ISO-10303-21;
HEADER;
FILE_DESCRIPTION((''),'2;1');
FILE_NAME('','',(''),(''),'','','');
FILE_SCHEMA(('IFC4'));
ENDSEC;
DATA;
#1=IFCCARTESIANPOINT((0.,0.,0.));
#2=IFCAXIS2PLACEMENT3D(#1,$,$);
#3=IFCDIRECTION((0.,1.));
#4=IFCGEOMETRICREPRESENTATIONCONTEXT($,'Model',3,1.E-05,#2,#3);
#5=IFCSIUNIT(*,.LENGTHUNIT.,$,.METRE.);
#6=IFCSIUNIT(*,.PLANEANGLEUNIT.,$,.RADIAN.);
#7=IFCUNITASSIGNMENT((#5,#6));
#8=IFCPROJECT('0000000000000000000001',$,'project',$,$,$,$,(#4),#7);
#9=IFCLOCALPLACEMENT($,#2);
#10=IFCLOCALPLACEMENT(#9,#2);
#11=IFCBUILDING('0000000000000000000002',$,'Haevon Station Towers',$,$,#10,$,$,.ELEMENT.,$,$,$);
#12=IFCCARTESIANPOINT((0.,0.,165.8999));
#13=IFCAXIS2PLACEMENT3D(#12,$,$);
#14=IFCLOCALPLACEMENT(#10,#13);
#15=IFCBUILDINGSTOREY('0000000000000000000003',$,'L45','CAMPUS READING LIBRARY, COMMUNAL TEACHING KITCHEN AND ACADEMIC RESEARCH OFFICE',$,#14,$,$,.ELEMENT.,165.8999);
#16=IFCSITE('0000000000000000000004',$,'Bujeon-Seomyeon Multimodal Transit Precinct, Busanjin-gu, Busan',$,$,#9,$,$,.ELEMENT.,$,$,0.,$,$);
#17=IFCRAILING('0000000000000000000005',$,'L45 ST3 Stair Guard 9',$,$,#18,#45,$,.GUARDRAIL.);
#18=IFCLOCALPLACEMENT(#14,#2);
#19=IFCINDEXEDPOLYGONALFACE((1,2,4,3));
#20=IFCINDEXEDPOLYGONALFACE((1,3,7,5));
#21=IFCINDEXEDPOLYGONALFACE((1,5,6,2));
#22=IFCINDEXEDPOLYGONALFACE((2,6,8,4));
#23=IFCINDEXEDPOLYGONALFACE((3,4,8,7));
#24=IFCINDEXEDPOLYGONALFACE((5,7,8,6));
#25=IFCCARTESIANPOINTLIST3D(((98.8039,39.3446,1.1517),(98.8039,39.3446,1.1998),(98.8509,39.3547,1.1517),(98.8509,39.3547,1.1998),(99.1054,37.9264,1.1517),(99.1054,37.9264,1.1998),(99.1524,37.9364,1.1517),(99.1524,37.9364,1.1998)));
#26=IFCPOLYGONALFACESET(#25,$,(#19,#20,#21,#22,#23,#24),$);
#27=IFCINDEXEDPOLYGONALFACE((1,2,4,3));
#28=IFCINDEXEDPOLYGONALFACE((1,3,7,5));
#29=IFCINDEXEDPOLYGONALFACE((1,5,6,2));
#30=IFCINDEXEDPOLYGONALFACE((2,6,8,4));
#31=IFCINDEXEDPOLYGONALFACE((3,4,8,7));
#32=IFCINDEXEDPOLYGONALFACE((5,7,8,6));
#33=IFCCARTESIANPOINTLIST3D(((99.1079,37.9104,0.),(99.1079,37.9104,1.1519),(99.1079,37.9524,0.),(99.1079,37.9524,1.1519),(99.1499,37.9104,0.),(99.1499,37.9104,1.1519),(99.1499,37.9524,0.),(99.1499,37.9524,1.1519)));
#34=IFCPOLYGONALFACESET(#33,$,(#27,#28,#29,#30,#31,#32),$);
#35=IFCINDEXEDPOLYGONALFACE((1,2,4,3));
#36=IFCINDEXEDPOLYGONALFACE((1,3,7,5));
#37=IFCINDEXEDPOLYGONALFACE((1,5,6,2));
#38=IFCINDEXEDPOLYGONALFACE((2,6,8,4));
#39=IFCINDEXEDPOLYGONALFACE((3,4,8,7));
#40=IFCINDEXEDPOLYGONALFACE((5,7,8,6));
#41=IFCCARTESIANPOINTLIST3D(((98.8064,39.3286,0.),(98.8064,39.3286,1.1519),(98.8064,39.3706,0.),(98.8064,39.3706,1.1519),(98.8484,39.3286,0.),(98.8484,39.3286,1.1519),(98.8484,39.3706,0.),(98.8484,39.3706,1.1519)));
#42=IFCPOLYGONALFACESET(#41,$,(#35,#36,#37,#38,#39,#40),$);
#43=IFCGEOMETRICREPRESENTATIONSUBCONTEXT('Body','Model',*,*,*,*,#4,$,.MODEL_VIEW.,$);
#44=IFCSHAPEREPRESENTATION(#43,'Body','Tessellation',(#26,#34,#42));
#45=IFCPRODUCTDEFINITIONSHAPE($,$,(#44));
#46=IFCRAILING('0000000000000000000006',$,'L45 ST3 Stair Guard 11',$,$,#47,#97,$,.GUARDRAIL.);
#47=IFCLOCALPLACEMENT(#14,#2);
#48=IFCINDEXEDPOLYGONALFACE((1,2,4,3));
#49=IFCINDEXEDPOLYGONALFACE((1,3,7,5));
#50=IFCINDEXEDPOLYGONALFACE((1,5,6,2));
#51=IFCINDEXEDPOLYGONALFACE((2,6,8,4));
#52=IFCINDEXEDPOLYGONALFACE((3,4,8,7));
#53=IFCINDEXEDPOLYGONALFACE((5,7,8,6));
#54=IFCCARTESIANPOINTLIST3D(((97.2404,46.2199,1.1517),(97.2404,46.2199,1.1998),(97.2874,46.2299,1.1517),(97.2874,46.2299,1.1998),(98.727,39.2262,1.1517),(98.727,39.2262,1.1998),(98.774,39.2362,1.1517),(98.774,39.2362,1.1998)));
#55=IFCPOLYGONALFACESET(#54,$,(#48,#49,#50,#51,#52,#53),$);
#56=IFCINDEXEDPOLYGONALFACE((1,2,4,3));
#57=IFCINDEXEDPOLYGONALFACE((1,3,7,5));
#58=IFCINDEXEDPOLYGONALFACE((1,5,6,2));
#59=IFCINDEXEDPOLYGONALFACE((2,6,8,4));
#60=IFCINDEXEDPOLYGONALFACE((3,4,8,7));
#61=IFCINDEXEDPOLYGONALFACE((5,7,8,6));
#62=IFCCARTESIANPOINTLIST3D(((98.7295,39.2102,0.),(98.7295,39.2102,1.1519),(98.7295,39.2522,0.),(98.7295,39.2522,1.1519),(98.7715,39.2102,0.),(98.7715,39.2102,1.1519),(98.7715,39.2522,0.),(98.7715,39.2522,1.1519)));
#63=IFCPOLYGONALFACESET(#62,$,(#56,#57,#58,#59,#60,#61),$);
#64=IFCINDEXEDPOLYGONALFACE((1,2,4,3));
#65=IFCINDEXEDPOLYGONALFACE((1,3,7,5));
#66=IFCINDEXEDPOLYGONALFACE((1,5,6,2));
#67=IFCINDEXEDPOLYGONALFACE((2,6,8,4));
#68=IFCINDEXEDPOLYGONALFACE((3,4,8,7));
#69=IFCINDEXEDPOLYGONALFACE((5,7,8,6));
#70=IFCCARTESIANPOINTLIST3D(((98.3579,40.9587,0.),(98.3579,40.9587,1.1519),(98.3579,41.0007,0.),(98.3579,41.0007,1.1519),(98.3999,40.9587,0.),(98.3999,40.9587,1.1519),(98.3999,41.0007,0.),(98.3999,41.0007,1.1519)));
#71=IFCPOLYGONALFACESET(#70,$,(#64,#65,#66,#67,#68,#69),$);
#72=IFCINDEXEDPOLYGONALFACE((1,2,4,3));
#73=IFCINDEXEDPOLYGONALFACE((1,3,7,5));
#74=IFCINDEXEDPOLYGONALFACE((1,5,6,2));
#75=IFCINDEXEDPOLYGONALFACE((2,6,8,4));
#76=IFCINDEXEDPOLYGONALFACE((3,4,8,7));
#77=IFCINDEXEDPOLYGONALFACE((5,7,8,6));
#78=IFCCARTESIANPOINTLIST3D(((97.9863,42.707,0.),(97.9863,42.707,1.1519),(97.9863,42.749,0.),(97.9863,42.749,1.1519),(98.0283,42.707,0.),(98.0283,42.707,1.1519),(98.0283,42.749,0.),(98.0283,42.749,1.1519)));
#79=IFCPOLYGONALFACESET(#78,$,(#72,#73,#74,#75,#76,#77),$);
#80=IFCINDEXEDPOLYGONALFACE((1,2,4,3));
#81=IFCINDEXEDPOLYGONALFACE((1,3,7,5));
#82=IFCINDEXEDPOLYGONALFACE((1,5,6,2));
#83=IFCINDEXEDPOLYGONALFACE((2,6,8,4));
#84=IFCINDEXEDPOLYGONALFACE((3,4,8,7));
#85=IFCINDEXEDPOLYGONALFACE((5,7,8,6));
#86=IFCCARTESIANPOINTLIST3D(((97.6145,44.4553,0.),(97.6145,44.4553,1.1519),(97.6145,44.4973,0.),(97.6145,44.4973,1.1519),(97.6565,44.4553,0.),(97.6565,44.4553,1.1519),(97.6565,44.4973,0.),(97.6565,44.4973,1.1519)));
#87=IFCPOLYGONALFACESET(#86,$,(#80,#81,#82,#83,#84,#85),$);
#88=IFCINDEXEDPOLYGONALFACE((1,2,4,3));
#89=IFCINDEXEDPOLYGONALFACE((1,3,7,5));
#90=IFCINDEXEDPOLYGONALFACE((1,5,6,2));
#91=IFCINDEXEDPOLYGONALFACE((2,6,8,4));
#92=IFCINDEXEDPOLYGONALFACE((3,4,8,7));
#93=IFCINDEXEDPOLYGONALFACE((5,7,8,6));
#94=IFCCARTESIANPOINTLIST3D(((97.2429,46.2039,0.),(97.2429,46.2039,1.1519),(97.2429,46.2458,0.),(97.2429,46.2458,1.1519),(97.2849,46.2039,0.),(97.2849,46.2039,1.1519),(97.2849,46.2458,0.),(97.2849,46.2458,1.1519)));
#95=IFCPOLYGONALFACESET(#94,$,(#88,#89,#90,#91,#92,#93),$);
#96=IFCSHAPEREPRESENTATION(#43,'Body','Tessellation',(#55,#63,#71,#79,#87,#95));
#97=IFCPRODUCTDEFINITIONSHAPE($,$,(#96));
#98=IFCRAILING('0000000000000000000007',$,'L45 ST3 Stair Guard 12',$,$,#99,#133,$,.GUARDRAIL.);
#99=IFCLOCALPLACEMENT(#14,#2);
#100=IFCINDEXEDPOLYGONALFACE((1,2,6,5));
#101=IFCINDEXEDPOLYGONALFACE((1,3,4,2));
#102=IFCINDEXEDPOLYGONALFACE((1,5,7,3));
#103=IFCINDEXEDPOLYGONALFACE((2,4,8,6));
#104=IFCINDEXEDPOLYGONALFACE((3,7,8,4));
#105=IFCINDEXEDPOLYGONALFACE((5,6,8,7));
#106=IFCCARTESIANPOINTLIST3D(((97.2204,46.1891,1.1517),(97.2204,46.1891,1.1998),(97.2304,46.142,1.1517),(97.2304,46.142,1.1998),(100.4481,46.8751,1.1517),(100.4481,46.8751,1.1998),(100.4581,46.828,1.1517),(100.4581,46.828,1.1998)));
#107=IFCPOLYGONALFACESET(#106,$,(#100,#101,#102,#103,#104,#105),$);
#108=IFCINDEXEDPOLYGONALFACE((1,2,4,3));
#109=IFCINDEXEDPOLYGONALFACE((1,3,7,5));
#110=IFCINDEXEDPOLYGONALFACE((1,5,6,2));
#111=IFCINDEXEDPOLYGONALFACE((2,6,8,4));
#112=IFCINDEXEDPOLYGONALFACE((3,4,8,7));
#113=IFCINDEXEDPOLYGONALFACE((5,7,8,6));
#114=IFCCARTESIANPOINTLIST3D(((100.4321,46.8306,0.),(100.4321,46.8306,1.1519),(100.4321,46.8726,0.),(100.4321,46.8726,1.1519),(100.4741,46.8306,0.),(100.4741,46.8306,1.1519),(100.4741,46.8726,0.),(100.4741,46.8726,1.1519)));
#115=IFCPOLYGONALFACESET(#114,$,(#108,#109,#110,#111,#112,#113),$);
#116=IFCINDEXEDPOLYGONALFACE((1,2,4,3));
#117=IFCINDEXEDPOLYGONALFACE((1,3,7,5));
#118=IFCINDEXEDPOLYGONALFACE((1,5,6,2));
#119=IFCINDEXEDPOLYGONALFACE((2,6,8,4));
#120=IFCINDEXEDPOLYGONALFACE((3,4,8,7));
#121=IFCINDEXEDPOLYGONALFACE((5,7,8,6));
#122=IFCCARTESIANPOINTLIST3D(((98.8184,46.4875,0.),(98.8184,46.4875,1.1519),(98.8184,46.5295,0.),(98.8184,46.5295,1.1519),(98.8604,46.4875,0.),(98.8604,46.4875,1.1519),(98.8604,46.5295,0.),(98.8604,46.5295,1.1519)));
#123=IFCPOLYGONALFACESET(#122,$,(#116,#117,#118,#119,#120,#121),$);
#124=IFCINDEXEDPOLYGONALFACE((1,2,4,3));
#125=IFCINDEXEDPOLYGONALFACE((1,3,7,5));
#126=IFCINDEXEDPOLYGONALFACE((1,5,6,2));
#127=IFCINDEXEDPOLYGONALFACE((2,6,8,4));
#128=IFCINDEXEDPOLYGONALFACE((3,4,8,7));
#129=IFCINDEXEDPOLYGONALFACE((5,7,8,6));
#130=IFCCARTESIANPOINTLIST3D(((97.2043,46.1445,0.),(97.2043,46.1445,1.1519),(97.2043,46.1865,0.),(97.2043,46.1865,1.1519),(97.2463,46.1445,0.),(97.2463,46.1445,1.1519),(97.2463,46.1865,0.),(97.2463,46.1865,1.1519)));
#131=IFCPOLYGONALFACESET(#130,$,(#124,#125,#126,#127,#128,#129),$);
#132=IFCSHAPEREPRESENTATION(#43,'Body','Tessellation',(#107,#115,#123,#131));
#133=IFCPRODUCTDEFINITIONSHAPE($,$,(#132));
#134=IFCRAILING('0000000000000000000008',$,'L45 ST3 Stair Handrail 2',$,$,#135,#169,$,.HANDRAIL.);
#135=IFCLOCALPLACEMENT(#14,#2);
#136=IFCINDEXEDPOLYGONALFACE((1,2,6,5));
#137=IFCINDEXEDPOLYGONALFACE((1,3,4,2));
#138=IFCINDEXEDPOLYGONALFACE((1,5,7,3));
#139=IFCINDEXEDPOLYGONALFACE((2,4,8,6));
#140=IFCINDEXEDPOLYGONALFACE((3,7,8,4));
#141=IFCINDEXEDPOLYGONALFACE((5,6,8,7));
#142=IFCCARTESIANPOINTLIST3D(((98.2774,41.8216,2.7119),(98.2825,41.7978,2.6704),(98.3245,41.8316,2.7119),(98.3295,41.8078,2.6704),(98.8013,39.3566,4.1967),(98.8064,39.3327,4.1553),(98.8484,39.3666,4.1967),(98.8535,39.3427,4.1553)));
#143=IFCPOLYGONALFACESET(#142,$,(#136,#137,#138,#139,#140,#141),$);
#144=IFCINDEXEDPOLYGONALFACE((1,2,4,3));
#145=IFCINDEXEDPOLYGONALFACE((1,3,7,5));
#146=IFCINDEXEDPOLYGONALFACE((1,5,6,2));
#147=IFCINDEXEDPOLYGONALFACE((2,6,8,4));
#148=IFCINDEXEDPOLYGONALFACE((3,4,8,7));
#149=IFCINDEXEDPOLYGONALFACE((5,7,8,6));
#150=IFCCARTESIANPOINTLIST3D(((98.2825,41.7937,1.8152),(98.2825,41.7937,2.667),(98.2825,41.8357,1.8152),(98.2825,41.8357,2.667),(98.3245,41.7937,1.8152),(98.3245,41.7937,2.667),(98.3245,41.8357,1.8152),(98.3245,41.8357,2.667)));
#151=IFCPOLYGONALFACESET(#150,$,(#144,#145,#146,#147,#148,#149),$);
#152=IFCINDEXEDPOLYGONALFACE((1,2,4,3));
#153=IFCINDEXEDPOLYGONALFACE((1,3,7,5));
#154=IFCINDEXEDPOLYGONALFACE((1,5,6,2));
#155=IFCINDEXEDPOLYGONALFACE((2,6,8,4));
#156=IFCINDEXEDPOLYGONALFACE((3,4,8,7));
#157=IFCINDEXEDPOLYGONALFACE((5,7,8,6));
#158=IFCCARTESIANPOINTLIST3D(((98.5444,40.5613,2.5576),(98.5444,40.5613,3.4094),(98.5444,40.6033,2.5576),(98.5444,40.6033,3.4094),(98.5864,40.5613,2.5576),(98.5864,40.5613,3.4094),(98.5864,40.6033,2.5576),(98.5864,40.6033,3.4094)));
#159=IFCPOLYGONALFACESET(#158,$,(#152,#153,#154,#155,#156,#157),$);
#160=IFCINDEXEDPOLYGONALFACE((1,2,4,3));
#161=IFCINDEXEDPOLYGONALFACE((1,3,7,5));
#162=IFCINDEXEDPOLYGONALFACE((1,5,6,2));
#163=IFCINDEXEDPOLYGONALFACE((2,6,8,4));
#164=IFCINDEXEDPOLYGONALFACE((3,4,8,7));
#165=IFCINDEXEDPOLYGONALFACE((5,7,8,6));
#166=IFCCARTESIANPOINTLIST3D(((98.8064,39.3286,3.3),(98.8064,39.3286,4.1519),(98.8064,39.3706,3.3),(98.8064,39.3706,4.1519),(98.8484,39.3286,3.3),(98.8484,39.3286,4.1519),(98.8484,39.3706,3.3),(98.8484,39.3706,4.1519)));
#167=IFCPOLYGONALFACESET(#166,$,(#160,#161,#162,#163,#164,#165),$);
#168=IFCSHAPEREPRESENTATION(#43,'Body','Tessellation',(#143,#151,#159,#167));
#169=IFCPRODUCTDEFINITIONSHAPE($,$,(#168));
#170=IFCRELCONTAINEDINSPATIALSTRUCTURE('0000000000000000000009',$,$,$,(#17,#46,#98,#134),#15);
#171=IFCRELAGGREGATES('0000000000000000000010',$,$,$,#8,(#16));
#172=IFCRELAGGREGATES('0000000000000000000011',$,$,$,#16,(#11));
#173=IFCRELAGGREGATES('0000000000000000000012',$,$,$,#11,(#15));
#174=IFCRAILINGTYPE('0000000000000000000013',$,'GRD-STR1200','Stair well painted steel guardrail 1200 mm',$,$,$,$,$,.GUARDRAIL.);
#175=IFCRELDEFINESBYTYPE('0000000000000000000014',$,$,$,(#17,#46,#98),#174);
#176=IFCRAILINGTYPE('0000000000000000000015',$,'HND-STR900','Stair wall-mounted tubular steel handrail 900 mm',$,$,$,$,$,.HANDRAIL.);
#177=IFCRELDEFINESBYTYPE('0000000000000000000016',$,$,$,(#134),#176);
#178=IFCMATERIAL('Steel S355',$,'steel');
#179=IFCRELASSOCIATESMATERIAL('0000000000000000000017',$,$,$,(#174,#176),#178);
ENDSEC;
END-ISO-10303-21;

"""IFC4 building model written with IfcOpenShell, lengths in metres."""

from ifc_helpers import new_model, si_unit, direction, frame, origin, origin_2d, place, context, subcontext, project, spatial, rectangle, extrude, material, type_object, element, save


model = new_model("IFC4")

# Units and contexts
model_context = context("Model", 3, precision=1e-05, world=origin(), true_north=direction((0.0, 1.0)))
body_context = subcontext(model_context, "Body", "Model", "MODEL_VIEW")
ifc_project = project(units=[si_unit("LENGTHUNIT", "METRE"), si_unit("PLANEANGLEUNIT", "RADIAN")], contexts=[model_context])

# Site, building, storey
site_placement = place(None, origin())
site = spatial("IfcSite", under=ifc_project, at=site_placement, Name="Bujeon-Seomyeon Multimodal Transit Precinct, Busanjin-gu, Busan", CompositionType="ELEMENT", RefElevation=0.0)
building_placement = place(site_placement, origin())
building = spatial("IfcBuilding", under=site, at=building_placement, Name="Haevon Station Towers", CompositionType="ELEMENT")
storey_placement = place(building_placement, frame((0.0, 0.0, 165.8999)))
storey = spatial("IfcBuildingStorey", under=building, at=storey_placement, Name="L45", Description="CAMPUS READING LIBRARY, COMMUNAL TEACHING KITCHEN AND ACADEMIC RESEARCH OFFICE", CompositionType="ELEMENT", Elevation=165.8999)

# Shared definitions
ifc_material_1 = material(Name="Steel S355", Category="steel")

# Railings
railing_type_1 = type_object("IfcRailingType", Name="GRD-STR1200", Description="Stair well painted steel guardrail 1200 mm", PredefinedType="GUARDRAIL", material=ifc_material_1)
railing_1_placement = place(storey_placement, frame((99.1289, 37.9314, 0.0)))
element("IfcRailing", 1, at=railing_1_placement, inside=storey, type_object=railing_type_1, Name="L45 ST3 Stair Guard 9", PredefinedType="GUARDRAIL", context=body_context, shape_type="SweptSolid", body=[
    extrude(rectangle(XDim=0.0481, YDim=0.0481, at=origin_2d()), frame((0.0, 0.0, 1.1758), z_axis=(-0.207953, 0.978139, 0.0), x_axis=(-0.978139, -0.207953, 0.0)), (0.0, 0.0, 1.0), 1.45),
    extrude(rectangle(XDim=0.042, YDim=0.042, at=origin_2d()), origin(), (0.0, 0.0, 1.0), 1.1519),
    extrude(rectangle(XDim=0.042, YDim=0.042, at=origin_2d()), frame((-0.3015, 1.4182, 0.0)), (0.0, 0.0, 1.0), 1.1519),
])
railing_2_placement = place(storey_placement, frame((98.7505, 39.2312, 0.0)))
element("IfcRailing", 2, at=railing_2_placement, inside=storey, type_object=railing_type_1, Name="L45 ST3 Stair Guard 11", PredefinedType="GUARDRAIL", context=body_context, shape_type="SweptSolid", body=[
    extrude(rectangle(XDim=0.0481, YDim=0.0481, at=origin_2d()), frame((0.0, 0.0, 1.1758), z_axis=(-0.207915, 0.978147, 0.0), x_axis=(-0.978147, -0.207915, 0.0)), (0.0, 0.0, 1.0), 7.1499),
    extrude(rectangle(XDim=0.042, YDim=0.042, at=origin_2d()), origin(), (0.0, 0.0, 1.0), 1.1519),
    extrude(rectangle(XDim=0.042, YDim=0.042, at=origin_2d()), frame((-0.3716, 1.7485, 0.0)), (0.0, 0.0, 1.0), 1.1519),
    extrude(rectangle(XDim=0.042, YDim=0.042, at=origin_2d()), frame((-0.7432, 3.4968, 0.0)), (0.0, 0.0, 1.0), 1.1519),
    extrude(rectangle(XDim=0.042, YDim=0.042, at=origin_2d()), frame((-1.115, 5.2451, 0.0)), (0.0, 0.0, 1.0), 1.1519),
    extrude(rectangle(XDim=0.042, YDim=0.042, at=origin_2d()), frame((-1.4866, 6.9937, 0.0)), (0.0, 0.0, 1.0), 1.1519),
])
railing_3_placement = place(storey_placement, frame((100.4531, 46.8516, 0.0)))
element("IfcRailing", 3, at=railing_3_placement, inside=storey, type_object=railing_type_1, Name="L45 ST3 Stair Guard 12", PredefinedType="GUARDRAIL", context=body_context, shape_type="SweptSolid", body=[
    extrude(rectangle(XDim=0.0481, YDim=0.0481, at=origin_2d()), frame((0.0, 0.0, 1.1758), z_axis=(-0.978151, -0.207897, 0.0), x_axis=(0.207897, -0.978151, 0.0)), (0.0, 0.0, 1.0), 3.2998),
    extrude(rectangle(XDim=0.042, YDim=0.042, at=origin_2d()), origin(), (0.0, 0.0, 1.0), 1.1519),
    extrude(rectangle(XDim=0.042, YDim=0.042, at=origin_2d()), frame((-1.6138, -0.343, 0.0)), (0.0, 0.0, 1.0), 1.1519),
    extrude(rectangle(XDim=0.042, YDim=0.042, at=origin_2d()), frame((-3.2278, -0.686, 0.0)), (0.0, 0.0, 1.0), 1.1519),
])
railing_type_2 = type_object("IfcRailingType", Name="HND-STR900", Description="Stair wall-mounted tubular steel handrail 900 mm", PredefinedType="HANDRAIL", material=ifc_material_1)
railing_4_placement = place(storey_placement, frame((98.3035, 41.8147, 1.8152)))
element("IfcRailing", 4, at=railing_4_placement, inside=storey, type_object=railing_type_2, Name="L45 ST3 Stair Handrail 2", PredefinedType="HANDRAIL", context=body_context, shape_type="SweptSolid", body=[
    extrude(rectangle(XDim=0.0481, YDim=0.0481, at=origin_2d()), frame((0.0, 0.0, 0.876), z_axis=(0.179116, -0.842748, 0.507635), x_axis=(0.978151, 0.207895, 0.0)), (0.0, 0.0, 1.0), 2.925),
    extrude(rectangle(XDim=0.042, YDim=0.042, at=origin_2d()), origin(), (0.0, 0.0, 1.0), 0.8518),
    extrude(rectangle(XDim=0.042, YDim=0.042, at=origin_2d()), frame((0.262, -1.2324, 0.7424)), (0.0, 0.0, 1.0), 0.8518),
    extrude(rectangle(XDim=0.042, YDim=0.042, at=origin_2d()), frame((0.5239, -2.4651, 1.4849)), (0.0, 0.0, 1.0), 0.8518),
])

save(model, "model.ifc")
